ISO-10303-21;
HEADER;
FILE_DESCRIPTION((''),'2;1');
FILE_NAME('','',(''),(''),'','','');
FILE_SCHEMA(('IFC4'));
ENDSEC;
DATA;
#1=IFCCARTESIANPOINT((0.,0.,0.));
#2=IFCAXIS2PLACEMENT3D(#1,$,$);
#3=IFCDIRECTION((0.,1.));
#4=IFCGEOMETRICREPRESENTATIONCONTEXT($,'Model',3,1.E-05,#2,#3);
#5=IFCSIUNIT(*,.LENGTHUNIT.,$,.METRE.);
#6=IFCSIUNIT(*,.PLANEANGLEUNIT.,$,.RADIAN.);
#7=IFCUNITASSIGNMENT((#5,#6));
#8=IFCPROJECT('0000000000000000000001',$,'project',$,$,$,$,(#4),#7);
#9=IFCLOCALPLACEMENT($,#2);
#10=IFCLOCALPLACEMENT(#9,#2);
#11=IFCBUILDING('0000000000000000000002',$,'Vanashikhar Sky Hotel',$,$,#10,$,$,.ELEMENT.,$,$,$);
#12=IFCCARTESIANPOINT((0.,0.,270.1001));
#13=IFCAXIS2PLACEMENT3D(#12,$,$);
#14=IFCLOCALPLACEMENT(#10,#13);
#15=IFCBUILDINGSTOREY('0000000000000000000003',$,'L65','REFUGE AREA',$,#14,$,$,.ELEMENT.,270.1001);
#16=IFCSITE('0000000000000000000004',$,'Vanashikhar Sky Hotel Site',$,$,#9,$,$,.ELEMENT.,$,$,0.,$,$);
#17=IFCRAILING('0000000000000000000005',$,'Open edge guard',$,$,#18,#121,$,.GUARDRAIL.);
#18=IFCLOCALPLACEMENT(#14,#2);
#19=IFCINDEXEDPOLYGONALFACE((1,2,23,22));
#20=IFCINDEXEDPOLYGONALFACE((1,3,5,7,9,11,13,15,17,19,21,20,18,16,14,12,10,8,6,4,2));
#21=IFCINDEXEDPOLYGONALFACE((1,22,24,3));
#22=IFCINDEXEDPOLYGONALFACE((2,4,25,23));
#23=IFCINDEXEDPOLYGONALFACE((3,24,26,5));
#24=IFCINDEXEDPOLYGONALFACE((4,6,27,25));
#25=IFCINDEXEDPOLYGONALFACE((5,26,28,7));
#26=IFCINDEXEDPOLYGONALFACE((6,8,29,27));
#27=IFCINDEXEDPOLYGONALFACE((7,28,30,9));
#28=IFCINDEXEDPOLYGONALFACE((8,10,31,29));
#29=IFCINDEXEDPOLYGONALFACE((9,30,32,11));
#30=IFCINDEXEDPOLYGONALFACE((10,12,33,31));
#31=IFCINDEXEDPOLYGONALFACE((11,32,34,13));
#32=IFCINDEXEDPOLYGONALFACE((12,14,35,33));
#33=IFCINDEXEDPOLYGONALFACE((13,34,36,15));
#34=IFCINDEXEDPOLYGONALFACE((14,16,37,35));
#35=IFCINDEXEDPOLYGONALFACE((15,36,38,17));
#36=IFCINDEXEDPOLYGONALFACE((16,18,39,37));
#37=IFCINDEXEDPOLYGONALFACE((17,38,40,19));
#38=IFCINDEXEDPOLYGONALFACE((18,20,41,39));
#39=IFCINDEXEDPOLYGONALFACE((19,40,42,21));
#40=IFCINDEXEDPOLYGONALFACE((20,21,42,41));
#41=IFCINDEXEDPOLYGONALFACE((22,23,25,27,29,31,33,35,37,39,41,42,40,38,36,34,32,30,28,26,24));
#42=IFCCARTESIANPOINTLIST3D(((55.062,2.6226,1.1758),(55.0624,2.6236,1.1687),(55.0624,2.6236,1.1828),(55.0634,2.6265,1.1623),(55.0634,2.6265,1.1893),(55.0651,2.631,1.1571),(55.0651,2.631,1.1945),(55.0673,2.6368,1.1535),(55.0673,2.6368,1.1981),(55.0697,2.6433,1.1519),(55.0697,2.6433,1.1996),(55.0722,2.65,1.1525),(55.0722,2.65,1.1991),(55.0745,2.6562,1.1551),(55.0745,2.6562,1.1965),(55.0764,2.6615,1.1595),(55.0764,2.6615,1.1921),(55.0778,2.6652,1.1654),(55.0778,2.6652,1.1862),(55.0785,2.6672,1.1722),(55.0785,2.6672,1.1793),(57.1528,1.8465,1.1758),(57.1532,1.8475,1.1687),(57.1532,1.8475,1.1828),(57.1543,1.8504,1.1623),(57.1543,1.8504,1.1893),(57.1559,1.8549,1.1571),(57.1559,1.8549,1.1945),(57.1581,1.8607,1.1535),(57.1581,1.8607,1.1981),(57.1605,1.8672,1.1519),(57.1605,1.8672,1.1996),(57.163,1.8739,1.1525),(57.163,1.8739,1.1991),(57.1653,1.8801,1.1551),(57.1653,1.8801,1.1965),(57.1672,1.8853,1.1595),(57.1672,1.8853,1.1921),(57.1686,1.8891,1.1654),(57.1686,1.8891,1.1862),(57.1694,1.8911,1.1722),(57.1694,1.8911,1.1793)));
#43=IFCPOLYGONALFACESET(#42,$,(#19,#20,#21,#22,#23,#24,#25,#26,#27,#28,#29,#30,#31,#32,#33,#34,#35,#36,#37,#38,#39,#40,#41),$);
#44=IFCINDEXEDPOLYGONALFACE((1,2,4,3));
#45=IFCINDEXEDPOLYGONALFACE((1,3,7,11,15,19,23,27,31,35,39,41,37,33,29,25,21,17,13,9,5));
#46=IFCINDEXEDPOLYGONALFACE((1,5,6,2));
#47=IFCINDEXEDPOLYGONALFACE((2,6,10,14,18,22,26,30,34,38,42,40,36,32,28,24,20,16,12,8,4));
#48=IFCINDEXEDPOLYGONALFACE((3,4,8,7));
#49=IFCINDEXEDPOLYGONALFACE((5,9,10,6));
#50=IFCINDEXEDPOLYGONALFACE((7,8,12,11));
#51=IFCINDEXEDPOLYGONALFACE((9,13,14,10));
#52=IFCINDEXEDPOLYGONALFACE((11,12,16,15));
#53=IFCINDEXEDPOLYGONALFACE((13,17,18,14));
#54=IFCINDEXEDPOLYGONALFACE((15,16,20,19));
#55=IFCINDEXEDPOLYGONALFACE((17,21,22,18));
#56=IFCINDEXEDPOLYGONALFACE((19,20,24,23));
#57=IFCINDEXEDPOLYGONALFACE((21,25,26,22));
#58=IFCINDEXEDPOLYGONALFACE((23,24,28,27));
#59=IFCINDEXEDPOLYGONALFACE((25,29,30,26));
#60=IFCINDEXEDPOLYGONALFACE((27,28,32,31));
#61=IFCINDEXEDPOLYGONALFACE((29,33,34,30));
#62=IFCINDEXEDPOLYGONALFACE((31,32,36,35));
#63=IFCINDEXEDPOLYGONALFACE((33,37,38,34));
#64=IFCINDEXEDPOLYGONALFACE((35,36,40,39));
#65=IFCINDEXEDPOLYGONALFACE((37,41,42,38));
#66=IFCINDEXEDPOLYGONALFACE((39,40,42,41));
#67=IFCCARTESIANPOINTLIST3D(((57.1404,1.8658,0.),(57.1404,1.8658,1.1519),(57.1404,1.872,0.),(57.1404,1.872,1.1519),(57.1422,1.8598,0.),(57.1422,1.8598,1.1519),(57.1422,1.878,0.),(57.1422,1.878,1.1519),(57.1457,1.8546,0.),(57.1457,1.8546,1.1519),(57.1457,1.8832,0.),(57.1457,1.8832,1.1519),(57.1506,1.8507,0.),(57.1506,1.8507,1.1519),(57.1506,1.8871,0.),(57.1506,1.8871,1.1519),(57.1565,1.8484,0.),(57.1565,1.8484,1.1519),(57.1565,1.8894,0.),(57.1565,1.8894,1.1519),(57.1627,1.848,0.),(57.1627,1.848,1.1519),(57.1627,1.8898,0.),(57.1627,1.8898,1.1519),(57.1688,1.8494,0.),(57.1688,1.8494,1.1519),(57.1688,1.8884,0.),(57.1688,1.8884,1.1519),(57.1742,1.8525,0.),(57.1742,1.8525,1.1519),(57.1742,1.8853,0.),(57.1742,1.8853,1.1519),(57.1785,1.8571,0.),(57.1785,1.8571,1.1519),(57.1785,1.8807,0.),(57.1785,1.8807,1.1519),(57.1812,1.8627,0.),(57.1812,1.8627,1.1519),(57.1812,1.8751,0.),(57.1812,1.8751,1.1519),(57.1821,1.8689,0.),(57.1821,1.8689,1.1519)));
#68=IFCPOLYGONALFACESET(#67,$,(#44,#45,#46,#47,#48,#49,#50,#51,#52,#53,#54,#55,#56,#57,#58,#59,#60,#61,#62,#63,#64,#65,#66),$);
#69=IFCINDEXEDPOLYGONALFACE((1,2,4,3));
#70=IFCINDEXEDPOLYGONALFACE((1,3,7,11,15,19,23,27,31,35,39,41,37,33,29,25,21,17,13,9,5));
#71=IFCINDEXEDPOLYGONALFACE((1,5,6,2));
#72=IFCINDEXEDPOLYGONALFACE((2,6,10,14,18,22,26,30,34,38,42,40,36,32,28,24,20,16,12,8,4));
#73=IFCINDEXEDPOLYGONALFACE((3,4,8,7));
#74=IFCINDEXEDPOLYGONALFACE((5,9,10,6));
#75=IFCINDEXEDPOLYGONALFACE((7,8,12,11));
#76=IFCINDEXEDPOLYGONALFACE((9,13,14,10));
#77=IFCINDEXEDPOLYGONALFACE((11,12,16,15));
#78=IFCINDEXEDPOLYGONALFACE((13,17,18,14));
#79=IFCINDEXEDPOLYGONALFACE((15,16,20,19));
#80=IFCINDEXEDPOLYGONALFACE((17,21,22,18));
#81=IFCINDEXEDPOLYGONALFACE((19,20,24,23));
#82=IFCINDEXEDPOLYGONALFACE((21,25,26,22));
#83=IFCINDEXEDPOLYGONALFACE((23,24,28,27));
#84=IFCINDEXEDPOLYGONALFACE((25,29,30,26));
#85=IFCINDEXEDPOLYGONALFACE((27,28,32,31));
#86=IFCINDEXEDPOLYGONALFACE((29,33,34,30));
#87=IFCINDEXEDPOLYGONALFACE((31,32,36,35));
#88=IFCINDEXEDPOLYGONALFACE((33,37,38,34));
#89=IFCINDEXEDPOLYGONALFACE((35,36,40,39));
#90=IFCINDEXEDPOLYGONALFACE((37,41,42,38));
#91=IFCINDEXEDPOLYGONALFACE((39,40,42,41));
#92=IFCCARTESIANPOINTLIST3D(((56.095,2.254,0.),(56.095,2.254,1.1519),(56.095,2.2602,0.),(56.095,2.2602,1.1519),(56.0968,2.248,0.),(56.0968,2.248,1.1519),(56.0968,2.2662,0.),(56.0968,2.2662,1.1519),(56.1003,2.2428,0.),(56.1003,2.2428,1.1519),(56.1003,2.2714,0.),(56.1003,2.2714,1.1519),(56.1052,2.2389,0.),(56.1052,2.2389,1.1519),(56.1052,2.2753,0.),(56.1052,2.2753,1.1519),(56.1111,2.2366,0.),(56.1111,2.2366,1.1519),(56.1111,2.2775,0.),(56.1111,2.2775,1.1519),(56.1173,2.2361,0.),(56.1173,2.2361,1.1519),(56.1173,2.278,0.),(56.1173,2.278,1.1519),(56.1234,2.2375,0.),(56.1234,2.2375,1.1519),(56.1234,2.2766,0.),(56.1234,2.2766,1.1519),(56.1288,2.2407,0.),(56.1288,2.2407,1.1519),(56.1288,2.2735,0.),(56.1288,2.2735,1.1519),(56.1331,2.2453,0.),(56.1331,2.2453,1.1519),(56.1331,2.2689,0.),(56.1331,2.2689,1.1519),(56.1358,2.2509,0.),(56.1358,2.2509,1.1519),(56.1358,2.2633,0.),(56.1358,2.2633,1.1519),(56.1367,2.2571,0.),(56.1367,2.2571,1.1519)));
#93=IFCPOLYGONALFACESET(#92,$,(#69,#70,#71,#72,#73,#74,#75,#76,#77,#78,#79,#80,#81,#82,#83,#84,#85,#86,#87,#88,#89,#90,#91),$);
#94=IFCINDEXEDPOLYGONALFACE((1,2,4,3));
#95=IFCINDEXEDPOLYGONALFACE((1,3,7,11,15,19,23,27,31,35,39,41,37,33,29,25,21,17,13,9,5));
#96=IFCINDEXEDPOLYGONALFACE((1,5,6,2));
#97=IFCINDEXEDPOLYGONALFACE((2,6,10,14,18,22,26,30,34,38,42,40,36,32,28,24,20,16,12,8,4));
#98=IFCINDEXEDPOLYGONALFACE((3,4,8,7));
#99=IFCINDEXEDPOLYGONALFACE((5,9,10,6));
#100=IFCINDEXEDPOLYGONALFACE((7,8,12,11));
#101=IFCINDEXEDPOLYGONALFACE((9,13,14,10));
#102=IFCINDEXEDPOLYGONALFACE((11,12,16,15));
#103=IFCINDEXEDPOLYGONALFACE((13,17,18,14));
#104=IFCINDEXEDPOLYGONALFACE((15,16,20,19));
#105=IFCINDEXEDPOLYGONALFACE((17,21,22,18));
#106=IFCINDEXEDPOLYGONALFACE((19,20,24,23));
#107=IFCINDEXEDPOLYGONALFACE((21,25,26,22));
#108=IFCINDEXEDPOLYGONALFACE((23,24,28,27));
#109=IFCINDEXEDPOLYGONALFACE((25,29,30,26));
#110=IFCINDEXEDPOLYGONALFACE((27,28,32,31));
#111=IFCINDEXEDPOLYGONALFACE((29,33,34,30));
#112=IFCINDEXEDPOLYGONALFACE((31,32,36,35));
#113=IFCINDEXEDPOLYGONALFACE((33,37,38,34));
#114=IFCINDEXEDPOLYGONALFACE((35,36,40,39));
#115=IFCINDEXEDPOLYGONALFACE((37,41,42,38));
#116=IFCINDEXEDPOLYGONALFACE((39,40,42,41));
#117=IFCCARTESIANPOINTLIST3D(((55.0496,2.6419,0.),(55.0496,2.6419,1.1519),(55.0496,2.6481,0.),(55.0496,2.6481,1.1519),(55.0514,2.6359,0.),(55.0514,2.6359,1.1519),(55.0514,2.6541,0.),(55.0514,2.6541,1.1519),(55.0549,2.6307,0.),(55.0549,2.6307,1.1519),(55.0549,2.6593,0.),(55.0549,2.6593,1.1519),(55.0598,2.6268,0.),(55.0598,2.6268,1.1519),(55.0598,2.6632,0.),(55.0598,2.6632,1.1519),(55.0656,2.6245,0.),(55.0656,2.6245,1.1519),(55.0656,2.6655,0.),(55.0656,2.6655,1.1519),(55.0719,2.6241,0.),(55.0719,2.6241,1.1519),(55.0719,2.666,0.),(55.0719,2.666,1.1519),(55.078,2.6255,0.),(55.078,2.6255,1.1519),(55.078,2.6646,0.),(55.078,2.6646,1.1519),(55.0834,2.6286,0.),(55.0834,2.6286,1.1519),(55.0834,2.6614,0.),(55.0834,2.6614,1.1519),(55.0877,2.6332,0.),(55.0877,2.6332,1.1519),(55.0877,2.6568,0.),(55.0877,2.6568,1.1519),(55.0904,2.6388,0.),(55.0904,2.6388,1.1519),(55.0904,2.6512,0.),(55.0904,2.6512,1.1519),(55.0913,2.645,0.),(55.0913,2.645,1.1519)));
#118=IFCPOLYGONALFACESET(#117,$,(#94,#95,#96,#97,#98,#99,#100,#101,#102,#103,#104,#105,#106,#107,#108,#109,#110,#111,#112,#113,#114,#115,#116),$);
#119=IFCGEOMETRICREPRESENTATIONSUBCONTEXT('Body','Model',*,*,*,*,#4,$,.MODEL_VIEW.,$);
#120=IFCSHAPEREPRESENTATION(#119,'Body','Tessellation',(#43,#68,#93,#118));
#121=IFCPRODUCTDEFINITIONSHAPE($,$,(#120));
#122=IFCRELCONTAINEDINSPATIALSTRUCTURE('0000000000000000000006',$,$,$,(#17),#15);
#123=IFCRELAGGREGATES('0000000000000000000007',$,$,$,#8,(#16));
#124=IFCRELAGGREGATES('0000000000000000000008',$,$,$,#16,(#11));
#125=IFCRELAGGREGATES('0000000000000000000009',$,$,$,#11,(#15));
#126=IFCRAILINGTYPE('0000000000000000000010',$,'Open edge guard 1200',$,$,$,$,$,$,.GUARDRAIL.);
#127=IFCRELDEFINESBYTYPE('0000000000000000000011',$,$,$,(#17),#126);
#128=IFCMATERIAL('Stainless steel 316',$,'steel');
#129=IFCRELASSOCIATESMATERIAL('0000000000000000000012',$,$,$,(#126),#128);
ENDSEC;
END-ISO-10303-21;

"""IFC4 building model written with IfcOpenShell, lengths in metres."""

from ifc_helpers import new_model, si_unit, direction, frame, origin, origin_2d, place, context, subcontext, project, spatial, circle, extrude, source, transform, mapped, material, type_object, element, save


model = new_model("IFC4")

# Units and contexts
model_context = context("Model", 3, precision=1e-05, world=origin(), true_north=direction((0.0, 1.0)))
body_context = subcontext(model_context, "Body", "Model", "MODEL_VIEW")
ifc_project = project(units=[si_unit("LENGTHUNIT", "METRE"), si_unit("PLANEANGLEUNIT", "RADIAN")], contexts=[model_context])

# Site, building, storey
site_placement = place(None, origin())
site = spatial("IfcSite", under=ifc_project, at=site_placement, Name="Vanashikhar Sky Hotel Site", CompositionType="ELEMENT", RefElevation=0.0)
building_placement = place(site_placement, origin())
building = spatial("IfcBuilding", under=site, at=building_placement, Name="Vanashikhar Sky Hotel", CompositionType="ELEMENT")
storey_placement = place(building_placement, frame((0.0, 0.0, 270.1001)))
storey = spatial("IfcBuildingStorey", under=building, at=storey_placement, Name="L65", Description="REFUGE AREA", CompositionType="ELEMENT", Elevation=270.1001)

# Railing
ifc_material_1 = material(Name="Stainless steel 316", Category="steel")
railing_type = type_object("IfcRailingType", Name="Open edge guard 1200", PredefinedType="GUARDRAIL", material=ifc_material_1)
shared_shape_1 = source(origin(), body_context, "Body", "SweptSolid", [
    extrude(circle(Radius=0.0239, at=origin_2d()), frame((0.0, 0.0, 1.1758), z_axis=(-0.937494, 0.348002, 0.0), x_axis=(-0.348002, -0.937494, 0.0)), (0.0, 0.0, 1.0), 2.2302),
    extrude(circle(Radius=0.021, at=origin_2d()), origin(), (0.0, 0.0, 1.0), 1.1519),
    extrude(circle(Radius=0.021, at=origin_2d()), frame((-1.0454, 0.3882, 0.0)), (0.0, 0.0, 1.0), 1.1519),
    extrude(circle(Radius=0.021, at=origin_2d()), frame((-2.0908, 0.7761, 0.0)), (0.0, 0.0, 1.0), 1.1519),
])
railing_1_placement = place(storey_placement, frame((57.1611, 1.8689, 0.0)))
element("IfcRailing", 1, at=railing_1_placement, inside=storey, type_object=railing_type, Name="Open edge guard", PredefinedType="GUARDRAIL", context=body_context, shape_type="MappedRepresentation", body=[
    mapped(shared_shape_1, transform((0.0, 0.0, 0.0), scale=1.0)),
])

save(model, "model.ifc")
